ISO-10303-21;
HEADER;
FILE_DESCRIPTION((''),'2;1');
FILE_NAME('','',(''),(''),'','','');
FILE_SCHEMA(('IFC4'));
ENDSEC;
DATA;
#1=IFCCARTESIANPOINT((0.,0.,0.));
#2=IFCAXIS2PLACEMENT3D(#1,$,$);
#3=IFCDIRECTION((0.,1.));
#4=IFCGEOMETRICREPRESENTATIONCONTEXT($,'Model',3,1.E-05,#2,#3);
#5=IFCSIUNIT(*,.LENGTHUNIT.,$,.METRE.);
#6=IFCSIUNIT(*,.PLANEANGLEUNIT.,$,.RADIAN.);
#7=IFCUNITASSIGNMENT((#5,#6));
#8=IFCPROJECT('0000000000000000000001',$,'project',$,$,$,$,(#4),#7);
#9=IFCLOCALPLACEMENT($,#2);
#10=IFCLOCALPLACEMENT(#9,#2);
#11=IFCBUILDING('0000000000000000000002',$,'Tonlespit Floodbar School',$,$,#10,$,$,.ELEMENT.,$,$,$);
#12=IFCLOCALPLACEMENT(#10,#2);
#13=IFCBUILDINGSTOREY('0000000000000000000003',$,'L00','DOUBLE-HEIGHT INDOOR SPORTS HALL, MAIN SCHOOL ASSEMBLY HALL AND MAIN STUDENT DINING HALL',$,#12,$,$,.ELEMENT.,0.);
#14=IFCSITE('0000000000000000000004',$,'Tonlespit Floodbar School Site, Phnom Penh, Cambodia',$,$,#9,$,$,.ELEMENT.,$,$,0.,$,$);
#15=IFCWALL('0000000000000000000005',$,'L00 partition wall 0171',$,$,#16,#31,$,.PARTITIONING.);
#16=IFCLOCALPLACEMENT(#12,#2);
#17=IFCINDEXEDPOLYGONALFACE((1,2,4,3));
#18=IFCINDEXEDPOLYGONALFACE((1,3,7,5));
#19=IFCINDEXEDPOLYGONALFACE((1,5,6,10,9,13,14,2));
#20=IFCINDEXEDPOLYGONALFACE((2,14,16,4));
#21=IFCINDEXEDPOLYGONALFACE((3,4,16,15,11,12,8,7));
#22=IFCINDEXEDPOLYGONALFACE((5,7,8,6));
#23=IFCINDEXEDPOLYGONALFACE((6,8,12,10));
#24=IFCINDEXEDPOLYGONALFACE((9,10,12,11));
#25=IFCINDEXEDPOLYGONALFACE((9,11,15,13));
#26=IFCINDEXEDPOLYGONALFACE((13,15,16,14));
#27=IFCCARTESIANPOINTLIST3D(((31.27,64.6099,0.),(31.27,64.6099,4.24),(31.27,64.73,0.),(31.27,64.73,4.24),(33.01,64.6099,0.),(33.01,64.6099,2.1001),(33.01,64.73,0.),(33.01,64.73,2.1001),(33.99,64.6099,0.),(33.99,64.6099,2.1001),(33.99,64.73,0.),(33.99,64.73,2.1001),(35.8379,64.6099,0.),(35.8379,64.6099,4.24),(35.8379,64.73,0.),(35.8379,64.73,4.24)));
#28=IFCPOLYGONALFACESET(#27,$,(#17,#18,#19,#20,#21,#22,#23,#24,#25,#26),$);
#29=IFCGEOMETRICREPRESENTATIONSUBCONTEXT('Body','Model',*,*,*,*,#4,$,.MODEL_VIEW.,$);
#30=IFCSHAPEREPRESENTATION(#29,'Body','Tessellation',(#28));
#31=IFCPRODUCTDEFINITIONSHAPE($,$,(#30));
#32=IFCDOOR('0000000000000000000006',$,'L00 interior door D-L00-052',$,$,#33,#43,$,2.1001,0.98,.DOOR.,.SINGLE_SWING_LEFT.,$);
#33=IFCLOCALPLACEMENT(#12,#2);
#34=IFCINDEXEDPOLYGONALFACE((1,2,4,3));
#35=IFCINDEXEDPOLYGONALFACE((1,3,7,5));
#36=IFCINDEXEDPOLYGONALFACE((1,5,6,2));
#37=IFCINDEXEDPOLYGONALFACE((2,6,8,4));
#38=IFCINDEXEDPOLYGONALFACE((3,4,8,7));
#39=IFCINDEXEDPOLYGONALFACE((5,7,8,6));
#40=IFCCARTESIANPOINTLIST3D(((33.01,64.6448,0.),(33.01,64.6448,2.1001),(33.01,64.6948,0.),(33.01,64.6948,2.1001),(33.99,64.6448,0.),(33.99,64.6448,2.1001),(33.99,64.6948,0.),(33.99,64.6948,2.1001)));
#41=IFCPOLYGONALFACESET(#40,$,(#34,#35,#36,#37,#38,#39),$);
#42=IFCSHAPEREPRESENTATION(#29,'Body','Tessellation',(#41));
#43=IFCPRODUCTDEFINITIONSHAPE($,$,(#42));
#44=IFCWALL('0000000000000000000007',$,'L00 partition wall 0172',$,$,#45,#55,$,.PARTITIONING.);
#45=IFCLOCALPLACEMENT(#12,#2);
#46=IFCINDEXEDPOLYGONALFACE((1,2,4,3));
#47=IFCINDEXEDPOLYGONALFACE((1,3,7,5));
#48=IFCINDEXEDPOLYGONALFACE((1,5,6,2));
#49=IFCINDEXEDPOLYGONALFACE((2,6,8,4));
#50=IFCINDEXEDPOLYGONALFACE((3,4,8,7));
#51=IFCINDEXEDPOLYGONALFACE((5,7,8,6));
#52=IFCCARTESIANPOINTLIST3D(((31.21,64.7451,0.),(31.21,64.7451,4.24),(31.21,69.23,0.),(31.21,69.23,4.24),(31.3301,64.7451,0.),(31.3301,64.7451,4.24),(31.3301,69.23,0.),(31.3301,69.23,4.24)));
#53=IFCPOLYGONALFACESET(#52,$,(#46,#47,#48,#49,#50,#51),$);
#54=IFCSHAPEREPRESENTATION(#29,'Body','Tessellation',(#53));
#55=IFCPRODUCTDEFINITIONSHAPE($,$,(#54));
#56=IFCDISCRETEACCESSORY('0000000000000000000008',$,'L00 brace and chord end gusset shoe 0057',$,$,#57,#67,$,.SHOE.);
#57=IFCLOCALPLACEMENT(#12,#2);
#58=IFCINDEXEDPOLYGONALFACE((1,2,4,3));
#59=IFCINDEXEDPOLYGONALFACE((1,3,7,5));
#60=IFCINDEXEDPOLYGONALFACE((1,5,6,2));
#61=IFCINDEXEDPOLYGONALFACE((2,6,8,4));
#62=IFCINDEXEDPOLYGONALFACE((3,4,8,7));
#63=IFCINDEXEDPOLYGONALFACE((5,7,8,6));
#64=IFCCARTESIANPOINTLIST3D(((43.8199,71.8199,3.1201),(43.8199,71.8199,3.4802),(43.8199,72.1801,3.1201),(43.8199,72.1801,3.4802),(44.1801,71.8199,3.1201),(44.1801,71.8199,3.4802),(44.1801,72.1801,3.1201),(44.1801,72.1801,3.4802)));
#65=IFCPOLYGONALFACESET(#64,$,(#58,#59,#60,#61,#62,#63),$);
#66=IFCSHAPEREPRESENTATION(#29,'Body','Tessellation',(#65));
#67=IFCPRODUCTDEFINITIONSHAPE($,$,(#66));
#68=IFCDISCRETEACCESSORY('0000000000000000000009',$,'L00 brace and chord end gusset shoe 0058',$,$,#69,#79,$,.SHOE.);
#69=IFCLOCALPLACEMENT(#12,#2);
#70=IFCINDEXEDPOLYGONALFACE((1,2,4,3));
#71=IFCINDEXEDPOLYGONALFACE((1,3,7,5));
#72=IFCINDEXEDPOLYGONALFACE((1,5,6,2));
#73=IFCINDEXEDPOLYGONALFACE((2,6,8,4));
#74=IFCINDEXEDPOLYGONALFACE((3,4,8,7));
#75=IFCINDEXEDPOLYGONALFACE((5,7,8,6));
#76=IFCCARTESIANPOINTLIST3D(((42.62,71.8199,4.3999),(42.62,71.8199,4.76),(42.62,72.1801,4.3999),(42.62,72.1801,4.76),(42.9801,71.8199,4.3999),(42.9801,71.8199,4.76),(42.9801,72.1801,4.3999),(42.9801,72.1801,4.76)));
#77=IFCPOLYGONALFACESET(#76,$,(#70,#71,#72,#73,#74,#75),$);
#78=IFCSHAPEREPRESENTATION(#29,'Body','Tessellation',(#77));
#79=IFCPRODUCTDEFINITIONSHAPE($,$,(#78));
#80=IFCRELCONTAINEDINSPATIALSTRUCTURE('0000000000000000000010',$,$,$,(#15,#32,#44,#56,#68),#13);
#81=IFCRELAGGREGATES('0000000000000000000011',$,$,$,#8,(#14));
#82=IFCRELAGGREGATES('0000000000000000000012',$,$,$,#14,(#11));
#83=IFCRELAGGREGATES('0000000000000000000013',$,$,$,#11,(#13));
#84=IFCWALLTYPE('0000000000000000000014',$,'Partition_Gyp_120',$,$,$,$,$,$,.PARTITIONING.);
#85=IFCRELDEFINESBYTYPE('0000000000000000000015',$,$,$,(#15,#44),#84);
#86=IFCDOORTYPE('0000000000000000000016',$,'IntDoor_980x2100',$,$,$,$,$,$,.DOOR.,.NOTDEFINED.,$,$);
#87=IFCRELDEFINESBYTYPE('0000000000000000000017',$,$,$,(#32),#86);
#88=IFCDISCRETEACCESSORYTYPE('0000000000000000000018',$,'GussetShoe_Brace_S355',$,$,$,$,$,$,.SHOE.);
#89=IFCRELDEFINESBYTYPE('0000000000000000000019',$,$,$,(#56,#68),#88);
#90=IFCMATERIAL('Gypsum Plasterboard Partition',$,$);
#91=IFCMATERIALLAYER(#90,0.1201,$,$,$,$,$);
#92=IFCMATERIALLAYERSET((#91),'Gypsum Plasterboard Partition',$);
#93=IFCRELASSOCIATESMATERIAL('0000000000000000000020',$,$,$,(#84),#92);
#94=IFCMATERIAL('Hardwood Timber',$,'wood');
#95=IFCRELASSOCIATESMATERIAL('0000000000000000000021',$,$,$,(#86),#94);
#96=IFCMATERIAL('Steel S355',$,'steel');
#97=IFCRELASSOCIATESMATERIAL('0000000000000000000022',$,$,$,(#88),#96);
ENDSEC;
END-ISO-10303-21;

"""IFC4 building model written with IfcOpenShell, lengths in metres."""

from ifc_helpers import new_model, si_unit, direction, frame, frame_2d, origin, origin_2d, place, context, subcontext, project, spatial, rectangle, extrude, material, layer, layer_set, type_object, element, fill, save


model = new_model("IFC4")

# Units and contexts
model_context = context("Model", 3, precision=1e-05, world=origin(), true_north=direction((0.0, 1.0)))
body_context = subcontext(model_context, "Body", "Model", "MODEL_VIEW")
ifc_project = project(units=[si_unit("LENGTHUNIT", "METRE"), si_unit("PLANEANGLEUNIT", "RADIAN")], contexts=[model_context])

# Site, building, storey
site_placement = place(None, origin())
site = spatial("IfcSite", under=ifc_project, at=site_placement, Name="Tonlespit Floodbar School Site, Phnom Penh, Cambodia", CompositionType="ELEMENT", RefElevation=0.0)
building_placement = place(site_placement, origin())
building = spatial("IfcBuilding", under=site, at=building_placement, Name="Tonlespit Floodbar School", CompositionType="ELEMENT")
storey_placement = place(building_placement, origin())
storey = spatial("IfcBuildingStorey", under=building, at=storey_placement, Name="L00", Description="DOUBLE-HEIGHT INDOOR SPORTS HALL, MAIN SCHOOL ASSEMBLY HALL AND MAIN STUDENT DINING HALL", CompositionType="ELEMENT", Elevation=0.0)

# Shared definitions
ifc_material_1 = material(Name="Steel S355", Category="steel")

# Wall, opening, door
ifc_material_2 = material(Name="Gypsum Plasterboard Partition")
ifc_layer_1 = layer(ifc_material_2, 0.1201)
ifc_layer_set_1 = layer_set([ifc_layer_1], Name="Gypsum Plasterboard Partition")
wall_type_1 = type_object("IfcWallType", Name="Partition_Gyp_120", PredefinedType="PARTITIONING", material=ifc_layer_set_1)
wall_1_placement = place(storey_placement, frame((31.27, 64.6699, 0.0), z_axis=(0.0, 0.0, 1.0), x_axis=(1.0, 0.0, 0.0)))
wall_1 = element("IfcWall", 1, at=wall_1_placement, inside=storey, type_object=wall_type_1, Name="L00 partition wall 0171", PredefinedType="PARTITIONING", context=body_context, shape_type="SweptSolid", body=[
    extrude(rectangle(XDim=4.5679, YDim=0.1201, at=frame_2d((2.2839, 0.0))), origin(), (0.0, 0.0, 1.0), 4.24),
])
opening_1_placement = place(wall_1_placement, frame((1.74, 0.0, 0.0)))
opening_1 = element("IfcOpeningElement", 2, at=opening_1_placement, cuts=wall_1, PredefinedType="OPENING", context=body_context, shape_type="SweptSolid", body=[
    extrude(rectangle(XDim=0.98, YDim=2.1001, at=frame_2d((0.49, 1.05))), frame((0.0, 0.0701, 0.0), z_axis=(0.0, -1.0, 0.0), x_axis=(1.0, 0.0, 0.0)), (0.0, 0.0, 1.0), 0.1401),
])
ifc_material_3 = material(Name="Hardwood Timber", Category="wood")
door_type_1 = type_object("IfcDoorType", Name="IntDoor_980x2100", OperationType="NOTDEFINED", PredefinedType="DOOR", material=ifc_material_3)
door_1_placement = place(opening_1_placement, origin())
door_1 = element("IfcDoor", 3, at=door_1_placement, inside=storey, type_object=door_type_1, Name="L00 interior door D-L00-052", OperationType="SINGLE_SWING_LEFT", OverallHeight=2.1001, OverallWidth=0.98, PredefinedType="DOOR", context=body_context, shape_type="SweptSolid", body=[
    extrude(rectangle(XDim=0.98, YDim=2.1001, at=frame_2d((0.49, 1.05))), frame((0.0, 0.0249, 0.0), z_axis=(0.0, -1.0, 0.0), x_axis=(1.0, 0.0, 0.0)), (0.0, 0.0, 1.0), 0.05),
])
fill(opening_1, door_1)

# Wall
wall_2_placement = place(storey_placement, frame((31.27, 64.7451, 0.0), z_axis=(0.0, 0.0, 1.0), x_axis=(0.0, 1.0, 0.0)))
element("IfcWall", 4, at=wall_2_placement, inside=storey, type_object=wall_type_1, Name="L00 partition wall 0172", PredefinedType="PARTITIONING", context=body_context, shape_type="SweptSolid", body=[
    extrude(rectangle(XDim=4.4849, YDim=0.1201, at=frame_2d((2.2424, 0.0))), origin(), (0.0, 0.0, 1.0), 4.24),
])

# Discrete accessories
discrete_accessory_type = type_object("IfcDiscreteAccessoryType", Name="GussetShoe_Brace_S355", PredefinedType="SHOE", material=ifc_material_1)
for number, where, z_axis, x_axis, name in (
    (5, (44.0, 72.0, 3.1201), (0.0, 0.0, 1.0), (1.0, 0.0, 0.0), "L00 brace and chord end gusset shoe 0057"),
    (6, (42.8, 72.0, 4.3999), (0.0, 0.0, 1.0), (1.0, 0.0, 0.0), "L00 brace and chord end gusset shoe 0058"),
):
    element("IfcDiscreteAccessory", number, at=place(storey_placement, frame(where, z_axis=z_axis, x_axis=x_axis)), inside=storey, type_object=discrete_accessory_type, Name=name, PredefinedType="SHOE", context=body_context, shape_type="SweptSolid", body=[
        extrude(rectangle(XDim=0.3601, YDim=0.3601, at=origin_2d()), origin(), (0.0, 0.0, 1.0), 0.3601),
    ])

save(model, "model.ifc")
